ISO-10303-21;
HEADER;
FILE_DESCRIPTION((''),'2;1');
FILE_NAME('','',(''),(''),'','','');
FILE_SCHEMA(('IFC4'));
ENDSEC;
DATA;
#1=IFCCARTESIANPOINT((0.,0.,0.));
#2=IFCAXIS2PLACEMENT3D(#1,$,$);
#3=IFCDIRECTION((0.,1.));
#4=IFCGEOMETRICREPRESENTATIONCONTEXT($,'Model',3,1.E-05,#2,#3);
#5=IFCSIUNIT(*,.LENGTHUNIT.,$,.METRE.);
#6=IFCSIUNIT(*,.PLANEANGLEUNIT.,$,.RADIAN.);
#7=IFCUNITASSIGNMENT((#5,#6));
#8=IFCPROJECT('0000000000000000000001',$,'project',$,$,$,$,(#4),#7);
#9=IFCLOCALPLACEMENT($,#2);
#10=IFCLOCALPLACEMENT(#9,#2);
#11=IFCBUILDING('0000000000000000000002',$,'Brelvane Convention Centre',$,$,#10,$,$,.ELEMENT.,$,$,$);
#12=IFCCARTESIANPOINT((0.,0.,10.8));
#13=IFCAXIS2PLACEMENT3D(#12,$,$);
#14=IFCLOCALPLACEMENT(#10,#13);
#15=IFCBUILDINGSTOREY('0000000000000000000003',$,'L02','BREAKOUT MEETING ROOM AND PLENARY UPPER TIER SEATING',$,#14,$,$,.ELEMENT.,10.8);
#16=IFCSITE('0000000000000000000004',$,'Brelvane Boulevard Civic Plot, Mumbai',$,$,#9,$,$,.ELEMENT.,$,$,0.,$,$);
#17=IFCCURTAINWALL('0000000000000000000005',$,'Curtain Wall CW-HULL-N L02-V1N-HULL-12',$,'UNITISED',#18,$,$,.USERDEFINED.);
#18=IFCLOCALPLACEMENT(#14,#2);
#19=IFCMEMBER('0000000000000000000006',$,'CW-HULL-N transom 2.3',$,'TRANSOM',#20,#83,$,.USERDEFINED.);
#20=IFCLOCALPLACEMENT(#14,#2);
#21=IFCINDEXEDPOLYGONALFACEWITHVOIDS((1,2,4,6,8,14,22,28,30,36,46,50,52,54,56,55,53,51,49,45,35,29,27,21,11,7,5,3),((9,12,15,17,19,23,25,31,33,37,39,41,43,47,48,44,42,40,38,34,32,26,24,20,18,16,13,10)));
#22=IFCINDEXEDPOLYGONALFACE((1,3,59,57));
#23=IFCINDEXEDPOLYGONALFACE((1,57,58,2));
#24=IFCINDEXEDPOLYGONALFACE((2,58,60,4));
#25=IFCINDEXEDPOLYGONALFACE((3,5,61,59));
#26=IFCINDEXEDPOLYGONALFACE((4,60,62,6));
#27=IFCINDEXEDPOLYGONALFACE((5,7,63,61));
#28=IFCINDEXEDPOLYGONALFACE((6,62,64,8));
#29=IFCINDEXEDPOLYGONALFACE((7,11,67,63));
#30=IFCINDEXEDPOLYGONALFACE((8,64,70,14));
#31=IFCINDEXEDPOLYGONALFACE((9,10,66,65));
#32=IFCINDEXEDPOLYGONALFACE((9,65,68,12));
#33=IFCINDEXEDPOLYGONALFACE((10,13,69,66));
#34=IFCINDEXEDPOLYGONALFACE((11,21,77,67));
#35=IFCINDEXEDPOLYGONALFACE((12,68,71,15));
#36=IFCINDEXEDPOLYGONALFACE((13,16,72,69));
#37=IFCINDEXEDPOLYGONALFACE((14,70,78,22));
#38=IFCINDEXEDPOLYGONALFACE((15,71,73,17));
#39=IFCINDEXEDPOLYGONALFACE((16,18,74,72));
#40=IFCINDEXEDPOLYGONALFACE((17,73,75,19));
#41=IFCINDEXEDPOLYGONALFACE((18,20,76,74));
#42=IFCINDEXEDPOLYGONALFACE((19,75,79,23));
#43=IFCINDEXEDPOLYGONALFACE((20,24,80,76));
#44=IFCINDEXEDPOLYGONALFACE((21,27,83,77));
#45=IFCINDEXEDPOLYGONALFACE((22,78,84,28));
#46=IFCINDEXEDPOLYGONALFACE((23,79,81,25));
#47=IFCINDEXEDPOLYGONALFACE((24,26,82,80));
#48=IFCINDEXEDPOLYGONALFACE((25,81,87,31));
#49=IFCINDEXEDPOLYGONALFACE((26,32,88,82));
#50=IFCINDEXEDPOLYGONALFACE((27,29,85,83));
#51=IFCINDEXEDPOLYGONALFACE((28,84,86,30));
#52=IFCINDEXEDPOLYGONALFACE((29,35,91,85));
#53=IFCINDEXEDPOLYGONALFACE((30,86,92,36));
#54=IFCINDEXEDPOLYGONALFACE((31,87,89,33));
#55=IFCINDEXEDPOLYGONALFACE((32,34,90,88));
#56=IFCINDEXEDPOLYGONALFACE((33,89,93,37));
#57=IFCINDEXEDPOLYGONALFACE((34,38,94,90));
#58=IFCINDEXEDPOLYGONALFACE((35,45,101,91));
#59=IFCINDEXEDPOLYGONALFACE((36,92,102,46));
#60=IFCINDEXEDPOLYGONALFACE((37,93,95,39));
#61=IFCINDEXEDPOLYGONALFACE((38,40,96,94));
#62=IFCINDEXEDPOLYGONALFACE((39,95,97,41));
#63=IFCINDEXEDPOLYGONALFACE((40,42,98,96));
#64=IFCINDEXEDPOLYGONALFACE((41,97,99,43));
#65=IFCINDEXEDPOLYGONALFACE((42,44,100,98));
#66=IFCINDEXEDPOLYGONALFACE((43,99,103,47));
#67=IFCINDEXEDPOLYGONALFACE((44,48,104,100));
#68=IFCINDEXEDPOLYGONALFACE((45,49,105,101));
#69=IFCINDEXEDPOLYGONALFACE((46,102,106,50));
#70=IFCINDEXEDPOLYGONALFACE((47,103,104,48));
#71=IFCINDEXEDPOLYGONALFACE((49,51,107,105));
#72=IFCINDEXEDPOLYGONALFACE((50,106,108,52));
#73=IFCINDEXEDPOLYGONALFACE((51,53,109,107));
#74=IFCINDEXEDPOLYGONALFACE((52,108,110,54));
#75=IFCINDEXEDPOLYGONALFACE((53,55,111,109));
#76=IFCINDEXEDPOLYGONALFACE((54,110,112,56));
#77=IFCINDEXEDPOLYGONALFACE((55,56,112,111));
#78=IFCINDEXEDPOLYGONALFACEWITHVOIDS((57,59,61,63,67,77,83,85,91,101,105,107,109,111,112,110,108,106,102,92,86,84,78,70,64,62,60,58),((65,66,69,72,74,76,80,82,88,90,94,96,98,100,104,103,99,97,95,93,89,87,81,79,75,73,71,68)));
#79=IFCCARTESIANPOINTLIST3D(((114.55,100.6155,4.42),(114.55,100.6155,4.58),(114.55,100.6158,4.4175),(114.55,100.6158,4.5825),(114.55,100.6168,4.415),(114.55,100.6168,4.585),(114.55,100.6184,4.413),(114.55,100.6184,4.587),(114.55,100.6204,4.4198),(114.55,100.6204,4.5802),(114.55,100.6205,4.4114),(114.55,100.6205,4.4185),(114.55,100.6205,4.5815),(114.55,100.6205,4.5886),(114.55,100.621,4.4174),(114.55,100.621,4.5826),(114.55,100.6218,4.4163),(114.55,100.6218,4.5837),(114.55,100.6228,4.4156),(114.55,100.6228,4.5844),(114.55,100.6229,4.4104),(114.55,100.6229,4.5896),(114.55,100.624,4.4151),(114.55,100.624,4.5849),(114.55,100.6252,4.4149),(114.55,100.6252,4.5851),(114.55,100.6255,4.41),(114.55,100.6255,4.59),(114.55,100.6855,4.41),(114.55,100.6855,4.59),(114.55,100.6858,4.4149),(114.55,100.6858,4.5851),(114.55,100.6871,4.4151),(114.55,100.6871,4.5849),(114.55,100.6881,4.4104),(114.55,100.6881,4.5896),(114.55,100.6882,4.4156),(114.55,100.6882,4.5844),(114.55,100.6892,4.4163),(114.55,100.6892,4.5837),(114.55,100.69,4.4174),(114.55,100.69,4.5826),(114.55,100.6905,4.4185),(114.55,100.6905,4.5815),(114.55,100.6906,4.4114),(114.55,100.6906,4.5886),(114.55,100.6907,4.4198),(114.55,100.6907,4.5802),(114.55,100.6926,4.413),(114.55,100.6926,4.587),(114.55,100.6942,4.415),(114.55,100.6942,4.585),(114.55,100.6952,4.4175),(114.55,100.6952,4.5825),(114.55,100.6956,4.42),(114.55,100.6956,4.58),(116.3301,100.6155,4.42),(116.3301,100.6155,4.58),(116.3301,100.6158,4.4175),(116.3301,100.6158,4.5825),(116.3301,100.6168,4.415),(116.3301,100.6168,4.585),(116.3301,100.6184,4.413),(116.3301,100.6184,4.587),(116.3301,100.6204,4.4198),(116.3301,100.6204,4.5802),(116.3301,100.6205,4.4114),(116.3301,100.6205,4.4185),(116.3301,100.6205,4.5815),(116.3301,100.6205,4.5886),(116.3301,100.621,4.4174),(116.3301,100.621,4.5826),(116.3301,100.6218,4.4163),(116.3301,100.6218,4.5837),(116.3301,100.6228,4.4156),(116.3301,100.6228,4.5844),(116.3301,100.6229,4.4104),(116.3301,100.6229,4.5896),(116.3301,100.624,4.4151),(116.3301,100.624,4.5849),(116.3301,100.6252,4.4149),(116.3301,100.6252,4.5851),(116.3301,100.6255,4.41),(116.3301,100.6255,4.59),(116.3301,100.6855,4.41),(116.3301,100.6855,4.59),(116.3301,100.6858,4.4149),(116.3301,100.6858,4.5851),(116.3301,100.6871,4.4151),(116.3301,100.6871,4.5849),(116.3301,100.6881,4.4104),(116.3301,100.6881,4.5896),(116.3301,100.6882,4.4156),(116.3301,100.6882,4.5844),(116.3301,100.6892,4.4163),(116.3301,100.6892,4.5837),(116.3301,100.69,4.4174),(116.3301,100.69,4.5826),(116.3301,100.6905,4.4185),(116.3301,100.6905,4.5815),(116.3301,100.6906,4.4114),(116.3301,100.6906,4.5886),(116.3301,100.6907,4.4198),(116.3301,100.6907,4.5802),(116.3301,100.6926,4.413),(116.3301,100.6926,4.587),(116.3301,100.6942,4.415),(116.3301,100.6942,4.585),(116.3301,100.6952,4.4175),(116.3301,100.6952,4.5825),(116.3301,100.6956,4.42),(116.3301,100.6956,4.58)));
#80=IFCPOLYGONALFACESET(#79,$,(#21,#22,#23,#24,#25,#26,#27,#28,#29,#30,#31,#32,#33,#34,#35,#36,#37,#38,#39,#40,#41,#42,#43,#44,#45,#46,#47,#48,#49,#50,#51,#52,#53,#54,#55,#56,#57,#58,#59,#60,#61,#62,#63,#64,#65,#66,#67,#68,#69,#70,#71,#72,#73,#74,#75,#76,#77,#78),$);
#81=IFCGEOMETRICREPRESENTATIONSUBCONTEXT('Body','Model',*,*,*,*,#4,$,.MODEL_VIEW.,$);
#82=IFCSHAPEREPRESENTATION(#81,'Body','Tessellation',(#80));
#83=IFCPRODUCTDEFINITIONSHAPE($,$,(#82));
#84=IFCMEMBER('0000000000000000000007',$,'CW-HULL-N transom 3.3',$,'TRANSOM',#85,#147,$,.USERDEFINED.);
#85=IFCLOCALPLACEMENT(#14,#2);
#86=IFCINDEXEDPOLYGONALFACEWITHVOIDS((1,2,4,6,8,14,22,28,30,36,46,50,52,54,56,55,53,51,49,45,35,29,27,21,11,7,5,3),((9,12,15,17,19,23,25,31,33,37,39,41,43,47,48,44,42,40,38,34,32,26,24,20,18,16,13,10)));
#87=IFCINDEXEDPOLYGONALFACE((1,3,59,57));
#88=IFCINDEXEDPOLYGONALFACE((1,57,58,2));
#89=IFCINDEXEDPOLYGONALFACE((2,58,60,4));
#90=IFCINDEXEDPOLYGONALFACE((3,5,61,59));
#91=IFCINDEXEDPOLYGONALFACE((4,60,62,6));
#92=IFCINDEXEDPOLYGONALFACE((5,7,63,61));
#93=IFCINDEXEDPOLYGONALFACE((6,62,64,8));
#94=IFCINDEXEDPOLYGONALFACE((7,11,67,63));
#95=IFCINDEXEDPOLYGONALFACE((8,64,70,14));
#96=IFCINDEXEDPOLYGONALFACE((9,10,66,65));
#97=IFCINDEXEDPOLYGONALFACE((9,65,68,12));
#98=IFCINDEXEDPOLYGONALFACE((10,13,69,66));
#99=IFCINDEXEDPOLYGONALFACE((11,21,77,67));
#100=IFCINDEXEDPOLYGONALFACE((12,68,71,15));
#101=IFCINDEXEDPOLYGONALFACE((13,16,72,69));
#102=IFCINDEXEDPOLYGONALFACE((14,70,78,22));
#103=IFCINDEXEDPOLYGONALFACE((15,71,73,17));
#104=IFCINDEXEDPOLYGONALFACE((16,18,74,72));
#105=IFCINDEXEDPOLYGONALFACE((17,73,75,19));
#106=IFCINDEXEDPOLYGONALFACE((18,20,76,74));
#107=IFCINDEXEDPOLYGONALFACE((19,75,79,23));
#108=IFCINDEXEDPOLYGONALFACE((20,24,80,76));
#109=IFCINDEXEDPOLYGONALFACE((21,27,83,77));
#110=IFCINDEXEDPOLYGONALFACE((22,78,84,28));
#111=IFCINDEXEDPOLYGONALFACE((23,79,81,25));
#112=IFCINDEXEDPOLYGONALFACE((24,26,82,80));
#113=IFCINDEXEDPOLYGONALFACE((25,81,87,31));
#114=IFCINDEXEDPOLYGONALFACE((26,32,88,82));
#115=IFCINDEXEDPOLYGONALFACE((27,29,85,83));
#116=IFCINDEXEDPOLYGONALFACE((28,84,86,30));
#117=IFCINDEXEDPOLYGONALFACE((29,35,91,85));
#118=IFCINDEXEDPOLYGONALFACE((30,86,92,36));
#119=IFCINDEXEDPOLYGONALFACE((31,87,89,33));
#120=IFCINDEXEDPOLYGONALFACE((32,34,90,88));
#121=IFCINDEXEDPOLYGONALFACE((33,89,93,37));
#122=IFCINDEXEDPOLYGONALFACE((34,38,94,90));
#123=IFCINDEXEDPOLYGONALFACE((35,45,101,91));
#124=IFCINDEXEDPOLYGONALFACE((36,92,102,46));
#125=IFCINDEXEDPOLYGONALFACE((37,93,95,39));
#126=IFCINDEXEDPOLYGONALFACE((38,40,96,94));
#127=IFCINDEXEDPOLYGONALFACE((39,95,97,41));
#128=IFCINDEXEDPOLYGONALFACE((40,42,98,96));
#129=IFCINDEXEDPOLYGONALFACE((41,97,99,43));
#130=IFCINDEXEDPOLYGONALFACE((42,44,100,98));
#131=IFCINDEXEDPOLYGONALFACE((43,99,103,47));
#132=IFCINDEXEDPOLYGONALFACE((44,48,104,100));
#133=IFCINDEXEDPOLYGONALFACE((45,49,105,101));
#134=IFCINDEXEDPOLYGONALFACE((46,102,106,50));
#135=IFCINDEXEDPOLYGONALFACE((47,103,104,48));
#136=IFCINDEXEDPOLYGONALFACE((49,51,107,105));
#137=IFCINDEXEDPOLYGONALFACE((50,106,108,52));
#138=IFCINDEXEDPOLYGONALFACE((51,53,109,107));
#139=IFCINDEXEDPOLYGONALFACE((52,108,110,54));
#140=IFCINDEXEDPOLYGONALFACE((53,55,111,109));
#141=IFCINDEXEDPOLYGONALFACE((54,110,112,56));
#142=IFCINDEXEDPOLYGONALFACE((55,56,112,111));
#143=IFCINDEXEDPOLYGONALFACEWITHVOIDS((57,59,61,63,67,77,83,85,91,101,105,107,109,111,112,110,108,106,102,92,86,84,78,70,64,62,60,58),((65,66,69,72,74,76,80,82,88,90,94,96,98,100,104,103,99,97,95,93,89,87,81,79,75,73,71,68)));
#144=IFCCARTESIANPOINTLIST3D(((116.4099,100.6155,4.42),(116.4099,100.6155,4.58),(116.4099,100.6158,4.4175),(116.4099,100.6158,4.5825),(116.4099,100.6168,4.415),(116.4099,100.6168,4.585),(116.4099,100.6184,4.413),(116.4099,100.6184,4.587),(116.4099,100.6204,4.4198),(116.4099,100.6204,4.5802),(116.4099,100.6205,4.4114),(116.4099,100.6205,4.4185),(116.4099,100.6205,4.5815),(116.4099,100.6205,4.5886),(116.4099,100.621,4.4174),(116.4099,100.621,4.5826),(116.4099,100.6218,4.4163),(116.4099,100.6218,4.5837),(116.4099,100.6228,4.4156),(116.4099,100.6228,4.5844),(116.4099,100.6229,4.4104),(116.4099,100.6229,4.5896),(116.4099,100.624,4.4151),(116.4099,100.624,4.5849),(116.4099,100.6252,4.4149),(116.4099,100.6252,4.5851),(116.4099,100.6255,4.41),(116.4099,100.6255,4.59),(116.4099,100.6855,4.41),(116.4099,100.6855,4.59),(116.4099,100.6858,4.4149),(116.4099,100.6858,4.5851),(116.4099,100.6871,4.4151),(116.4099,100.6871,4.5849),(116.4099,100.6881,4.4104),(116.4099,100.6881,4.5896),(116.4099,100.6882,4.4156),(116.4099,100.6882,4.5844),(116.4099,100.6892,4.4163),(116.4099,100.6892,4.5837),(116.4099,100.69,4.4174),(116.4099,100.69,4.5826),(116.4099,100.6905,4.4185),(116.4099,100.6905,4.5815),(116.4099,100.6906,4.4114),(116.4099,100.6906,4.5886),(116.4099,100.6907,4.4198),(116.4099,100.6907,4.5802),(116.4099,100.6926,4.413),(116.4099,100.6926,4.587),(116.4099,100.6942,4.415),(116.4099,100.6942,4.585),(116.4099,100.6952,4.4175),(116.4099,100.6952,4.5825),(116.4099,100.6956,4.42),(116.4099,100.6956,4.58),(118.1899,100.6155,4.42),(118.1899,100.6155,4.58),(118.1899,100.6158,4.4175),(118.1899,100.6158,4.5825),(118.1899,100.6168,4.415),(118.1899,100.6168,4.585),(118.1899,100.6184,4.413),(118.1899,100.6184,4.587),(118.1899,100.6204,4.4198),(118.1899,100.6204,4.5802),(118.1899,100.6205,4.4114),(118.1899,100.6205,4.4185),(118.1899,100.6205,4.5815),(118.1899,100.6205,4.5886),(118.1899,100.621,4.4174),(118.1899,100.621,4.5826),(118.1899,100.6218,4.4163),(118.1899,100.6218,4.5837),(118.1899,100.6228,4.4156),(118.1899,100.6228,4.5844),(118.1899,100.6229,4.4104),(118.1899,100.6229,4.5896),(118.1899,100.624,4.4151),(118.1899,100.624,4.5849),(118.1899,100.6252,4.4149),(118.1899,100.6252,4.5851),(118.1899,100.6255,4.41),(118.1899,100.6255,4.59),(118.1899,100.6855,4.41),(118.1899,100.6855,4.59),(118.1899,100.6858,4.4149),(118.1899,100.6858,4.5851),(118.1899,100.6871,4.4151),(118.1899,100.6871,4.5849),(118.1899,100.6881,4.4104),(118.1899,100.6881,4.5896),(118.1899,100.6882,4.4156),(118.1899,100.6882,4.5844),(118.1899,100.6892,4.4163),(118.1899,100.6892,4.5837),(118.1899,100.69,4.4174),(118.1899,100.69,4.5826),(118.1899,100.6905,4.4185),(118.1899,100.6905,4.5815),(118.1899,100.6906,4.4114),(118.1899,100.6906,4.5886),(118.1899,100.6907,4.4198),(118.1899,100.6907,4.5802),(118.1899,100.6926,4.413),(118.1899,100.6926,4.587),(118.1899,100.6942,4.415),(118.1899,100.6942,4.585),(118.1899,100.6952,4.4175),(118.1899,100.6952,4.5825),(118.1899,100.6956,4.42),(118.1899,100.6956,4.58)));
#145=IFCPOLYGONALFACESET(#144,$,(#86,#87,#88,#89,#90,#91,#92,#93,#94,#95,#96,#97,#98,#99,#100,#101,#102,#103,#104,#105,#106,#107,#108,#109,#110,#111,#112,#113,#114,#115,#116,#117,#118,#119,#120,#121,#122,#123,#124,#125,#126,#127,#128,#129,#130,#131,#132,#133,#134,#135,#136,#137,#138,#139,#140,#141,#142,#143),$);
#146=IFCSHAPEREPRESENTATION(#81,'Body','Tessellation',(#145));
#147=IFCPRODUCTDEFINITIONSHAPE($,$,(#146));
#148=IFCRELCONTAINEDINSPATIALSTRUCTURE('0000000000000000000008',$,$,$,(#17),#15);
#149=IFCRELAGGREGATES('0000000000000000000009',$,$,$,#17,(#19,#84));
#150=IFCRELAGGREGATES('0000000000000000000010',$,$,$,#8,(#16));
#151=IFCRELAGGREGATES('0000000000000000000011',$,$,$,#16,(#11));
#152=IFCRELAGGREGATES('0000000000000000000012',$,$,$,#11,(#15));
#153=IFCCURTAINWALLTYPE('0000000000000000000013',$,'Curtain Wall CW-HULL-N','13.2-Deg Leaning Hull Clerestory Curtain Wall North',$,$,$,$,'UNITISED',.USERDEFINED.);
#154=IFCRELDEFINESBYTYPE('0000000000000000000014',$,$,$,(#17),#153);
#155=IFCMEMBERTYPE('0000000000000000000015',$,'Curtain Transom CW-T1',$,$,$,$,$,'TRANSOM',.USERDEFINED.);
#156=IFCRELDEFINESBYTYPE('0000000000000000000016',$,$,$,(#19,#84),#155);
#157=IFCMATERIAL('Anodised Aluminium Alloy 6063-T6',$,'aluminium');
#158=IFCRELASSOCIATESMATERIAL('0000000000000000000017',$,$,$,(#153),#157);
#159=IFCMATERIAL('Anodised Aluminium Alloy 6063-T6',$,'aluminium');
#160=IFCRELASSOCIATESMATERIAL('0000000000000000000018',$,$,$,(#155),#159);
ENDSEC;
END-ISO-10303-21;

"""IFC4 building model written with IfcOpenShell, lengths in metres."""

from ifc_helpers import new_model, si_unit, direction, frame, origin, origin_2d, place, context, subcontext, project, spatial, hollow_rectangle, extrude, material, material_profile, profile_set, type_object, element, aggregate, save


model = new_model("IFC4")

# Units and contexts
model_context = context("Model", 3, precision=1e-05, world=origin(), true_north=direction((0.0, 1.0)))
body_context = subcontext(model_context, "Body", "Model", "MODEL_VIEW")
ifc_project = project(units=[si_unit("LENGTHUNIT", "METRE"), si_unit("PLANEANGLEUNIT", "RADIAN")], contexts=[model_context])

# Site, building, storey
site_placement = place(None, origin())
site = spatial("IfcSite", under=ifc_project, at=site_placement, Name="Brelvane Boulevard Civic Plot, Mumbai", CompositionType="ELEMENT", RefElevation=0.0)
building_placement = place(site_placement, origin())
building = spatial("IfcBuilding", under=site, at=building_placement, Name="Brelvane Convention Centre", CompositionType="ELEMENT")
storey_placement = place(building_placement, frame((0.0, 0.0, 10.8)))
storey = spatial("IfcBuildingStorey", under=building, at=storey_placement, Name="L02", Description="BREAKOUT MEETING ROOM AND PLENARY UPPER TIER SEATING", CompositionType="ELEMENT", Elevation=10.8)

# Curtain wall, members
ifc_material_1 = material(Name="Anodised Aluminium Alloy 6063-T6", Category="aluminium")
curtain_wall_type = type_object("IfcCurtainWallType", Name="Curtain Wall CW-HULL-N", Description="13.2-Deg Leaning Hull Clerestory Curtain Wall North", ElementType="UNITISED", PredefinedType="USERDEFINED", material=ifc_material_1)
ifc_material_2 = material(Name="Anodised Aluminium Alloy 6063-T6", Category="aluminium")
ifc_material_profile = material_profile(ifc_material_2, hollow_rectangle(XDim=0.0801, YDim=0.1799, WallThickness=0.0049, InnerFilletRadius=0.0049, OuterFilletRadius=0.01, at=origin_2d()), Name="ALU-T 180x80x5.0")
ifc_profile_set = profile_set([ifc_material_profile], Name="Anodised Aluminium Alloy 6063-T6")
member_type = type_object("IfcMemberType", Name="Curtain Transom CW-T1", ElementType="TRANSOM", PredefinedType="USERDEFINED", material=ifc_profile_set)
curtain_wall_1_placement = place(storey_placement, origin())
curtain_wall_1 = element("IfcCurtainWall", 1, at=curtain_wall_1_placement, inside=storey, type_object=curtain_wall_type, Name="Curtain Wall CW-HULL-N L02-V1N-HULL-12", ObjectType="UNITISED", PredefinedType="USERDEFINED")
member_1_placement = place(storey_placement, frame((114.55, 100.6555, 4.5), z_axis=(1.0, 0.0, 0.0), x_axis=(0.0, 1.0, 0.0)))
member_1 = element("IfcMember", 2, at=member_1_placement, type_object=member_type, Name="CW-HULL-N transom 2.3", ObjectType="TRANSOM", PredefinedType="USERDEFINED", context=body_context, shape_type="SweptSolid", body=[
    extrude(hollow_rectangle(XDim=0.0801, YDim=0.1799, WallThickness=0.0049, InnerFilletRadius=0.0049, OuterFilletRadius=0.01, at=origin_2d()), origin(), (0.0, 0.0, 1.0), 1.78),
])
member_2_placement = place(storey_placement, frame((116.4099, 100.6555, 4.5), z_axis=(1.0, 0.0, 0.0), x_axis=(0.0, 1.0, 0.0)))
member_2 = element("IfcMember", 3, at=member_2_placement, type_object=member_type, Name="CW-HULL-N transom 3.3", ObjectType="TRANSOM", PredefinedType="USERDEFINED", context=body_context, shape_type="SweptSolid", body=[
    extrude(hollow_rectangle(XDim=0.0801, YDim=0.1799, WallThickness=0.0049, InnerFilletRadius=0.0049, OuterFilletRadius=0.01, at=origin_2d()), origin(), (0.0, 0.0, 1.0), 1.78),
])

aggregate(curtain_wall_1, [member_1, member_2])

save(model, "model.ifc")
